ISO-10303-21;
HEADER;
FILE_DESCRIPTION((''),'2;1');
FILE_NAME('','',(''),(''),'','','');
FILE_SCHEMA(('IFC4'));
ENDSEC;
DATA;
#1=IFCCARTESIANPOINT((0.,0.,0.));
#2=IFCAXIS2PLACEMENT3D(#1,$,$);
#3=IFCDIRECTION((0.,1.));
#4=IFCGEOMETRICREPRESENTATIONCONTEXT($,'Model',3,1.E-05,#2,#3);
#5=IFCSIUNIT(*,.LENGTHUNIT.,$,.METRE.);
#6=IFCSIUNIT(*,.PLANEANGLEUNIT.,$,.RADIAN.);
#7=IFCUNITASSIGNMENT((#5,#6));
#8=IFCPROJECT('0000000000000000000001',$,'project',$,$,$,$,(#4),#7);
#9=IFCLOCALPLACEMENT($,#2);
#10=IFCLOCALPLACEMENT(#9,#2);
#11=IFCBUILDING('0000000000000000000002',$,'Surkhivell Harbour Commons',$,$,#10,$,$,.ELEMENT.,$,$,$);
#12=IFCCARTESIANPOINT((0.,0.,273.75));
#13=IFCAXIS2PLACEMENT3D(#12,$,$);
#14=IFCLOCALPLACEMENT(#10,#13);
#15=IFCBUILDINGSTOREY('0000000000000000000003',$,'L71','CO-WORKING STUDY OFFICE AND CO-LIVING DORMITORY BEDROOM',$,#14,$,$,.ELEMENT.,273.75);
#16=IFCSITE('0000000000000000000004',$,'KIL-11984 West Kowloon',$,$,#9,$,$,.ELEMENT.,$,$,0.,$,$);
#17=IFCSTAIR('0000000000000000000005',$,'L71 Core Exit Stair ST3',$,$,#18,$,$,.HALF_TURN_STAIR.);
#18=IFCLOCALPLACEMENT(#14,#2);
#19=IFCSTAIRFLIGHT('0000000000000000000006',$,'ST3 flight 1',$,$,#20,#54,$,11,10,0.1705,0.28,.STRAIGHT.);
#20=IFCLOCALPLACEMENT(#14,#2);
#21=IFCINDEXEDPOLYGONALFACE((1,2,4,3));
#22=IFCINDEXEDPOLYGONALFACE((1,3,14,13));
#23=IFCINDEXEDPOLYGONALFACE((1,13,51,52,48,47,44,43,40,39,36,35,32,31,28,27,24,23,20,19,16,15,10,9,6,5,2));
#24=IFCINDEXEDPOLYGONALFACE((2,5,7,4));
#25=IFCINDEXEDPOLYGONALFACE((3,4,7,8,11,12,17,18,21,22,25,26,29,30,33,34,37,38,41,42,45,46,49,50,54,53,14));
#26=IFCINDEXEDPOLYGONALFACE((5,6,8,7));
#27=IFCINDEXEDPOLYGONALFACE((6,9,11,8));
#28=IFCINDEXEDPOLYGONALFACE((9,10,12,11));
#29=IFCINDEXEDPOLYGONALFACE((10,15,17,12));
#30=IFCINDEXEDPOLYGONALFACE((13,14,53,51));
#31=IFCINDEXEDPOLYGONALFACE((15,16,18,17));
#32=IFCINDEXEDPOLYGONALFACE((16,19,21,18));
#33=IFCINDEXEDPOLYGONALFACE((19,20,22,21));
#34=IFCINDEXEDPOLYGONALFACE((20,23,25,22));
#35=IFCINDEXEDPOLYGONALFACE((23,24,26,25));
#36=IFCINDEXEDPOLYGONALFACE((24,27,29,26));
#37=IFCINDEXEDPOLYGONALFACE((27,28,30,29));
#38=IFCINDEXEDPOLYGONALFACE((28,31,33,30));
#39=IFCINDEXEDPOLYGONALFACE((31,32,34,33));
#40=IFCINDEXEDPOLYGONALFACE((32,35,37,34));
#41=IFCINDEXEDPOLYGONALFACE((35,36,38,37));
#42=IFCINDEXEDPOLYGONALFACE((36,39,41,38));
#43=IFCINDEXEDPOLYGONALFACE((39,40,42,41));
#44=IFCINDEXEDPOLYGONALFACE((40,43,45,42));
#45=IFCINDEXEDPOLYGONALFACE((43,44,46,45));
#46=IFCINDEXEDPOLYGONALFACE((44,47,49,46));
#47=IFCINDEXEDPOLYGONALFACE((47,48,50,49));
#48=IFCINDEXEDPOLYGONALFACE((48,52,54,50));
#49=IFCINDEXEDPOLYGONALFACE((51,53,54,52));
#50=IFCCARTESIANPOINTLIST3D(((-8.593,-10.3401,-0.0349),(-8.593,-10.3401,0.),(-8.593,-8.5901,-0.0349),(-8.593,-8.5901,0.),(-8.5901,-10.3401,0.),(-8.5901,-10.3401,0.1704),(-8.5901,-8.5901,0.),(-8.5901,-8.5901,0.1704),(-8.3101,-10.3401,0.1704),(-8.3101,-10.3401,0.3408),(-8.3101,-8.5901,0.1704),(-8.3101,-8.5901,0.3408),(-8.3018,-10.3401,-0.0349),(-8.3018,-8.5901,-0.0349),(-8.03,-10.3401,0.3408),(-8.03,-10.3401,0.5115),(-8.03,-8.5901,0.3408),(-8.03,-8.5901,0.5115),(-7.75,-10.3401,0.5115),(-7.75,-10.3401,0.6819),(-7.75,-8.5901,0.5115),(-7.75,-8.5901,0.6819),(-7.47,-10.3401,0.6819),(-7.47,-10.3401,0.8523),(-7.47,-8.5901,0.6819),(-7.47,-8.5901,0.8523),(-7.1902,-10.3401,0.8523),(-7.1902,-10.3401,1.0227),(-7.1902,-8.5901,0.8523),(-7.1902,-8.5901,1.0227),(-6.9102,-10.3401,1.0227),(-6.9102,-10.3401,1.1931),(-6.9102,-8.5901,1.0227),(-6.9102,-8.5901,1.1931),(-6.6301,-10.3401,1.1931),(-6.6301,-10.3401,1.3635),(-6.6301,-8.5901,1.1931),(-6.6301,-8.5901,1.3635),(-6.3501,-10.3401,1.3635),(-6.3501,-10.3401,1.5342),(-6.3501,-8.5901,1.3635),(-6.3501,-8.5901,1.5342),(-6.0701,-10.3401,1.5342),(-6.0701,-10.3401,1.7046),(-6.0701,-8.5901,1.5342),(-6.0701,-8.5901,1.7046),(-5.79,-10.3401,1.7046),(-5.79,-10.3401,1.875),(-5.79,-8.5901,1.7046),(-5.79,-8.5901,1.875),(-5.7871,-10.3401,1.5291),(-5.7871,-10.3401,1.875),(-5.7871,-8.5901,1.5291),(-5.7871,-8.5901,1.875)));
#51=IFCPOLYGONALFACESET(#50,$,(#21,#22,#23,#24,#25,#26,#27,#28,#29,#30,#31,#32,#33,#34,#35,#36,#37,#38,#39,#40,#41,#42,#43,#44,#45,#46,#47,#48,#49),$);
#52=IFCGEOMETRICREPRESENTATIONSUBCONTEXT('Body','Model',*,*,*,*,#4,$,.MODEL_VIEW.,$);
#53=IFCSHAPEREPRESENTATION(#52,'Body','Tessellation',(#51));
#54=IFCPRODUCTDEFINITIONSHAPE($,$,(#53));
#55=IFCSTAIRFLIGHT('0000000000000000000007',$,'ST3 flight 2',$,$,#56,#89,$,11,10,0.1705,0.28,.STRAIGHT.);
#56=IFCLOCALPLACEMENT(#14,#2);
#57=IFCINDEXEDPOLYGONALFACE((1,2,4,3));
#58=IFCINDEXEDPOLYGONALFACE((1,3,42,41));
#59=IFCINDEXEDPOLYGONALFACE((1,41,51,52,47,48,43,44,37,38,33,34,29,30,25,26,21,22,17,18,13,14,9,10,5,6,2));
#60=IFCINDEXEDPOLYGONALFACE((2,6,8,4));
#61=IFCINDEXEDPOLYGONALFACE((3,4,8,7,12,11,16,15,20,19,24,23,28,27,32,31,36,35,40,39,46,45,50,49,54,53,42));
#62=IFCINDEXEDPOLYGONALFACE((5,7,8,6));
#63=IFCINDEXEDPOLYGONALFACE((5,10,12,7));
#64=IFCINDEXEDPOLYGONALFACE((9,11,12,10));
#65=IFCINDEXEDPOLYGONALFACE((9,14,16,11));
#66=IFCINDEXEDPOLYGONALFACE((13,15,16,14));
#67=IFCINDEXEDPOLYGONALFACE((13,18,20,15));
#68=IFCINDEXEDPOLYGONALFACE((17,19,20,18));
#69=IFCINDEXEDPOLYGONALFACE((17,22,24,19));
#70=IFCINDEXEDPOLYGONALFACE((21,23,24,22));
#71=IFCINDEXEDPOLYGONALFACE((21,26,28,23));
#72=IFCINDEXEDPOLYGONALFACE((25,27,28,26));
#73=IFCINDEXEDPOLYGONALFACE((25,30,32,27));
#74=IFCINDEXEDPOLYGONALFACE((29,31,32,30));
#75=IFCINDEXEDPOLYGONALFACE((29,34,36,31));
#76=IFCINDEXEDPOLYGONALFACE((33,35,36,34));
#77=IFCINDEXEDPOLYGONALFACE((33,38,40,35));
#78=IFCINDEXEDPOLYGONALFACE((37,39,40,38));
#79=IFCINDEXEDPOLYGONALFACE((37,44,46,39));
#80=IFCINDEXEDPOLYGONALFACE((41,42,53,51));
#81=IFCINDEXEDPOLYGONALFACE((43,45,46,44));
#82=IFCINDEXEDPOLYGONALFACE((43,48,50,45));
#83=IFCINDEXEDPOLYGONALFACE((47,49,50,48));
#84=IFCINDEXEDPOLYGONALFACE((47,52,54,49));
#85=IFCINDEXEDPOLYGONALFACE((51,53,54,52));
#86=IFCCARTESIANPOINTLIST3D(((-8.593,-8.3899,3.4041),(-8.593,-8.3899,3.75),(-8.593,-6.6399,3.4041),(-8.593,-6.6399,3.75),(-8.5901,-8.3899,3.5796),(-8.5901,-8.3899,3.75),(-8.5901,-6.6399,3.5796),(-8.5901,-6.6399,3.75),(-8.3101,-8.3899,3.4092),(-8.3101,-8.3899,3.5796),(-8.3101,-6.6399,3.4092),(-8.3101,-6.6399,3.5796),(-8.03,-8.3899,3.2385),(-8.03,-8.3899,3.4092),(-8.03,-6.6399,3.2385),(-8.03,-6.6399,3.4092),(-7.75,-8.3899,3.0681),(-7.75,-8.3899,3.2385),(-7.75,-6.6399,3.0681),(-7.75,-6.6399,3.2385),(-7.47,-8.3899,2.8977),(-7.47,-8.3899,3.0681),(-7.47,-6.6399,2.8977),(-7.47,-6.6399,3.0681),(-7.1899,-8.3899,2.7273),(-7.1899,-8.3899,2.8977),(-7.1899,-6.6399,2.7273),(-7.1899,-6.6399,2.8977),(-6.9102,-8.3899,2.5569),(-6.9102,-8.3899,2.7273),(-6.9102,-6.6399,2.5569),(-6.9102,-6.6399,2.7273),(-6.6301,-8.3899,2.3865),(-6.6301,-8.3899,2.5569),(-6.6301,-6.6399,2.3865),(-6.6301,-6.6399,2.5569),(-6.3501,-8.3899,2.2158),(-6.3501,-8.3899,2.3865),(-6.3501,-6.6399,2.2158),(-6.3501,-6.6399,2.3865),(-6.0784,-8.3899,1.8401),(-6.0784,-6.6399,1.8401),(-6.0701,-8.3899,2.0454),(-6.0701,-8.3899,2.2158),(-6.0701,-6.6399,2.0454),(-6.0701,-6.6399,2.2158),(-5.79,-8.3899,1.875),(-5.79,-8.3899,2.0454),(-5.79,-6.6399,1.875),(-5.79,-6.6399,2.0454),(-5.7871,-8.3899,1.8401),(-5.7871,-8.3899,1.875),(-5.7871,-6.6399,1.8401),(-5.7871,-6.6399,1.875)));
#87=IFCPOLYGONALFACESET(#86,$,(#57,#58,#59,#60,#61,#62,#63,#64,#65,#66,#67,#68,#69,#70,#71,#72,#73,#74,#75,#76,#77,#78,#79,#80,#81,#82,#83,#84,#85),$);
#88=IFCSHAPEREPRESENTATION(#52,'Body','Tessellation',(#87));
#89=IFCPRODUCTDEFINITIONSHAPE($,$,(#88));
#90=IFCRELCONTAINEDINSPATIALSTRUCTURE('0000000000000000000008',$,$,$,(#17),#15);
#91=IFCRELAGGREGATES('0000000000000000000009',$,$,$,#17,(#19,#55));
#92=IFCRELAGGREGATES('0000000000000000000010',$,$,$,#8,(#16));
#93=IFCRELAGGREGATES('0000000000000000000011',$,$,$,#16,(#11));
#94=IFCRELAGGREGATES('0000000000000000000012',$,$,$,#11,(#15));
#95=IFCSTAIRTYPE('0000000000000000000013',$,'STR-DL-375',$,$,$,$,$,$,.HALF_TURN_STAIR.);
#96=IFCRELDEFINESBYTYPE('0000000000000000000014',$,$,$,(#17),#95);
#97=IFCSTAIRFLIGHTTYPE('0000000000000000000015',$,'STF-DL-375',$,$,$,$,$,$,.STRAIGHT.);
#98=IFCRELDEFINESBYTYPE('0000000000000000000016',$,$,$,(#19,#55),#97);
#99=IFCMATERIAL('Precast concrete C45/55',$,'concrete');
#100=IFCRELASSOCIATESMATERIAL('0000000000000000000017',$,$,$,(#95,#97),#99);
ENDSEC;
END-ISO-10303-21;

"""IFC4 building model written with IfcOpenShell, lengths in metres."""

from ifc_helpers import new_model, si_unit, direction, frame, origin, place, context, subcontext, project, spatial, polyline, outline, extrude, material, type_object, element, aggregate, save


model = new_model("IFC4")

# Units and contexts
model_context = context("Model", 3, precision=1e-05, world=origin(), true_north=direction((0.0, 1.0)))
body_context = subcontext(model_context, "Body", "Model", "MODEL_VIEW")
ifc_project = project(units=[si_unit("LENGTHUNIT", "METRE"), si_unit("PLANEANGLEUNIT", "RADIAN")], contexts=[model_context])

# Site, building, storey
site_placement = place(None, origin())
site = spatial("IfcSite", under=ifc_project, at=site_placement, Name="KIL-11984 West Kowloon", CompositionType="ELEMENT", RefElevation=0.0)
building_placement = place(site_placement, origin())
building = spatial("IfcBuilding", under=site, at=building_placement, Name="Surkhivell Harbour Commons", CompositionType="ELEMENT")
storey_placement = place(building_placement, frame((0.0, 0.0, 273.75)))
storey = spatial("IfcBuildingStorey", under=building, at=storey_placement, Name="L71", Description="CO-WORKING STUDY OFFICE AND CO-LIVING DORMITORY BEDROOM", CompositionType="ELEMENT", Elevation=273.75)

# Stair, stair flights
ifc_material_1 = material(Name="Precast concrete C45/55", Category="concrete")
stair_type = type_object("IfcStairType", Name="STR-DL-375", PredefinedType="HALF_TURN_STAIR", material=ifc_material_1)
stair_placement = place(storey_placement, origin())
stair = element("IfcStair", 1, at=stair_placement, inside=storey, type_object=stair_type, Name="L71 Core Exit Stair ST3", PredefinedType="HALF_TURN_STAIR")
stair_flight_type = type_object("IfcStairFlightType", Name="STF-DL-375", PredefinedType="STRAIGHT", material=ifc_material_1)
stair_flight_1_placement = place(storey_placement, frame((-8.5901, -9.4651, 0.0), z_axis=(0.0, 0.0, 1.0), x_axis=(1.0, 0.0, 0.0)))
stair_flight_1 = element("IfcStairFlight", 2, at=stair_flight_1_placement, type_object=stair_flight_type, Name="ST3 flight 1", NumberOfRisers=11, NumberOfTreads=10, PredefinedType="STRAIGHT", RiserHeight=0.1705, TreadLength=0.28, context=body_context, shape_type="SweptSolid", body=[
    extrude(outline(polyline([(-0.0029, -0.0349), (-0.0029, 0.0), (0.0, 0.0), (0.0, 0.1704), (0.28, 0.1704), (0.28, 0.3408), (0.5601, 0.3408), (0.5601, 0.5115), (0.8401, 0.5115), (0.8401, 0.6819), (1.1201, 0.6819), (1.1201, 0.8523), (1.3999, 0.8523), (1.3999, 1.0227), (1.6799, 1.0227), (1.6799, 1.1931), (1.96, 1.1931), (1.96, 1.3635), (2.24, 1.3635), (2.24, 1.5342), (2.52, 1.5342), (2.52, 1.7046), (2.8, 1.7046), (2.8, 1.875), (2.803, 1.875), (2.803, 1.5291), (0.2883, -0.0349), (-0.0029, -0.0349)])), frame((0.0, 0.875, 0.0), z_axis=(0.0, -1.0, 0.0), x_axis=(1.0, 0.0, 0.0)), (0.0, 0.0, 1.0), 1.75),
])
stair_flight_2_placement = place(storey_placement, frame((-5.79, -7.5149, 1.875), z_axis=(0.0, 0.0, 1.0), x_axis=(-1.0, 0.0, 0.0)))
stair_flight_2 = element("IfcStairFlight", 3, at=stair_flight_2_placement, type_object=stair_flight_type, Name="ST3 flight 2", NumberOfRisers=11, NumberOfTreads=10, PredefinedType="STRAIGHT", RiserHeight=0.1705, TreadLength=0.28, context=body_context, shape_type="SweptSolid", body=[
    extrude(outline(polyline([(-0.0029, -0.0349), (-0.0029, 0.0), (0.0, 0.0), (0.0, 0.1704), (0.28, 0.1704), (0.28, 0.3408), (0.5601, 0.3408), (0.5601, 0.5115), (0.8401, 0.5115), (0.8401, 0.6819), (1.1201, 0.6819), (1.1201, 0.8523), (1.3999, 0.8523), (1.3999, 1.0227), (1.6799, 1.0227), (1.6799, 1.1931), (1.96, 1.1931), (1.96, 1.3635), (2.24, 1.3635), (2.24, 1.5342), (2.52, 1.5342), (2.52, 1.7046), (2.8, 1.7046), (2.8, 1.875), (2.803, 1.875), (2.803, 1.5291), (0.2883, -0.0349), (-0.0029, -0.0349)])), frame((0.0, 0.875, 0.0), z_axis=(0.0, -1.0, 0.0), x_axis=(1.0, 0.0, 0.0)), (0.0, 0.0, 1.0), 1.75),
])
aggregate(stair, [stair_flight_1, stair_flight_2])

save(model, "model.ifc")
